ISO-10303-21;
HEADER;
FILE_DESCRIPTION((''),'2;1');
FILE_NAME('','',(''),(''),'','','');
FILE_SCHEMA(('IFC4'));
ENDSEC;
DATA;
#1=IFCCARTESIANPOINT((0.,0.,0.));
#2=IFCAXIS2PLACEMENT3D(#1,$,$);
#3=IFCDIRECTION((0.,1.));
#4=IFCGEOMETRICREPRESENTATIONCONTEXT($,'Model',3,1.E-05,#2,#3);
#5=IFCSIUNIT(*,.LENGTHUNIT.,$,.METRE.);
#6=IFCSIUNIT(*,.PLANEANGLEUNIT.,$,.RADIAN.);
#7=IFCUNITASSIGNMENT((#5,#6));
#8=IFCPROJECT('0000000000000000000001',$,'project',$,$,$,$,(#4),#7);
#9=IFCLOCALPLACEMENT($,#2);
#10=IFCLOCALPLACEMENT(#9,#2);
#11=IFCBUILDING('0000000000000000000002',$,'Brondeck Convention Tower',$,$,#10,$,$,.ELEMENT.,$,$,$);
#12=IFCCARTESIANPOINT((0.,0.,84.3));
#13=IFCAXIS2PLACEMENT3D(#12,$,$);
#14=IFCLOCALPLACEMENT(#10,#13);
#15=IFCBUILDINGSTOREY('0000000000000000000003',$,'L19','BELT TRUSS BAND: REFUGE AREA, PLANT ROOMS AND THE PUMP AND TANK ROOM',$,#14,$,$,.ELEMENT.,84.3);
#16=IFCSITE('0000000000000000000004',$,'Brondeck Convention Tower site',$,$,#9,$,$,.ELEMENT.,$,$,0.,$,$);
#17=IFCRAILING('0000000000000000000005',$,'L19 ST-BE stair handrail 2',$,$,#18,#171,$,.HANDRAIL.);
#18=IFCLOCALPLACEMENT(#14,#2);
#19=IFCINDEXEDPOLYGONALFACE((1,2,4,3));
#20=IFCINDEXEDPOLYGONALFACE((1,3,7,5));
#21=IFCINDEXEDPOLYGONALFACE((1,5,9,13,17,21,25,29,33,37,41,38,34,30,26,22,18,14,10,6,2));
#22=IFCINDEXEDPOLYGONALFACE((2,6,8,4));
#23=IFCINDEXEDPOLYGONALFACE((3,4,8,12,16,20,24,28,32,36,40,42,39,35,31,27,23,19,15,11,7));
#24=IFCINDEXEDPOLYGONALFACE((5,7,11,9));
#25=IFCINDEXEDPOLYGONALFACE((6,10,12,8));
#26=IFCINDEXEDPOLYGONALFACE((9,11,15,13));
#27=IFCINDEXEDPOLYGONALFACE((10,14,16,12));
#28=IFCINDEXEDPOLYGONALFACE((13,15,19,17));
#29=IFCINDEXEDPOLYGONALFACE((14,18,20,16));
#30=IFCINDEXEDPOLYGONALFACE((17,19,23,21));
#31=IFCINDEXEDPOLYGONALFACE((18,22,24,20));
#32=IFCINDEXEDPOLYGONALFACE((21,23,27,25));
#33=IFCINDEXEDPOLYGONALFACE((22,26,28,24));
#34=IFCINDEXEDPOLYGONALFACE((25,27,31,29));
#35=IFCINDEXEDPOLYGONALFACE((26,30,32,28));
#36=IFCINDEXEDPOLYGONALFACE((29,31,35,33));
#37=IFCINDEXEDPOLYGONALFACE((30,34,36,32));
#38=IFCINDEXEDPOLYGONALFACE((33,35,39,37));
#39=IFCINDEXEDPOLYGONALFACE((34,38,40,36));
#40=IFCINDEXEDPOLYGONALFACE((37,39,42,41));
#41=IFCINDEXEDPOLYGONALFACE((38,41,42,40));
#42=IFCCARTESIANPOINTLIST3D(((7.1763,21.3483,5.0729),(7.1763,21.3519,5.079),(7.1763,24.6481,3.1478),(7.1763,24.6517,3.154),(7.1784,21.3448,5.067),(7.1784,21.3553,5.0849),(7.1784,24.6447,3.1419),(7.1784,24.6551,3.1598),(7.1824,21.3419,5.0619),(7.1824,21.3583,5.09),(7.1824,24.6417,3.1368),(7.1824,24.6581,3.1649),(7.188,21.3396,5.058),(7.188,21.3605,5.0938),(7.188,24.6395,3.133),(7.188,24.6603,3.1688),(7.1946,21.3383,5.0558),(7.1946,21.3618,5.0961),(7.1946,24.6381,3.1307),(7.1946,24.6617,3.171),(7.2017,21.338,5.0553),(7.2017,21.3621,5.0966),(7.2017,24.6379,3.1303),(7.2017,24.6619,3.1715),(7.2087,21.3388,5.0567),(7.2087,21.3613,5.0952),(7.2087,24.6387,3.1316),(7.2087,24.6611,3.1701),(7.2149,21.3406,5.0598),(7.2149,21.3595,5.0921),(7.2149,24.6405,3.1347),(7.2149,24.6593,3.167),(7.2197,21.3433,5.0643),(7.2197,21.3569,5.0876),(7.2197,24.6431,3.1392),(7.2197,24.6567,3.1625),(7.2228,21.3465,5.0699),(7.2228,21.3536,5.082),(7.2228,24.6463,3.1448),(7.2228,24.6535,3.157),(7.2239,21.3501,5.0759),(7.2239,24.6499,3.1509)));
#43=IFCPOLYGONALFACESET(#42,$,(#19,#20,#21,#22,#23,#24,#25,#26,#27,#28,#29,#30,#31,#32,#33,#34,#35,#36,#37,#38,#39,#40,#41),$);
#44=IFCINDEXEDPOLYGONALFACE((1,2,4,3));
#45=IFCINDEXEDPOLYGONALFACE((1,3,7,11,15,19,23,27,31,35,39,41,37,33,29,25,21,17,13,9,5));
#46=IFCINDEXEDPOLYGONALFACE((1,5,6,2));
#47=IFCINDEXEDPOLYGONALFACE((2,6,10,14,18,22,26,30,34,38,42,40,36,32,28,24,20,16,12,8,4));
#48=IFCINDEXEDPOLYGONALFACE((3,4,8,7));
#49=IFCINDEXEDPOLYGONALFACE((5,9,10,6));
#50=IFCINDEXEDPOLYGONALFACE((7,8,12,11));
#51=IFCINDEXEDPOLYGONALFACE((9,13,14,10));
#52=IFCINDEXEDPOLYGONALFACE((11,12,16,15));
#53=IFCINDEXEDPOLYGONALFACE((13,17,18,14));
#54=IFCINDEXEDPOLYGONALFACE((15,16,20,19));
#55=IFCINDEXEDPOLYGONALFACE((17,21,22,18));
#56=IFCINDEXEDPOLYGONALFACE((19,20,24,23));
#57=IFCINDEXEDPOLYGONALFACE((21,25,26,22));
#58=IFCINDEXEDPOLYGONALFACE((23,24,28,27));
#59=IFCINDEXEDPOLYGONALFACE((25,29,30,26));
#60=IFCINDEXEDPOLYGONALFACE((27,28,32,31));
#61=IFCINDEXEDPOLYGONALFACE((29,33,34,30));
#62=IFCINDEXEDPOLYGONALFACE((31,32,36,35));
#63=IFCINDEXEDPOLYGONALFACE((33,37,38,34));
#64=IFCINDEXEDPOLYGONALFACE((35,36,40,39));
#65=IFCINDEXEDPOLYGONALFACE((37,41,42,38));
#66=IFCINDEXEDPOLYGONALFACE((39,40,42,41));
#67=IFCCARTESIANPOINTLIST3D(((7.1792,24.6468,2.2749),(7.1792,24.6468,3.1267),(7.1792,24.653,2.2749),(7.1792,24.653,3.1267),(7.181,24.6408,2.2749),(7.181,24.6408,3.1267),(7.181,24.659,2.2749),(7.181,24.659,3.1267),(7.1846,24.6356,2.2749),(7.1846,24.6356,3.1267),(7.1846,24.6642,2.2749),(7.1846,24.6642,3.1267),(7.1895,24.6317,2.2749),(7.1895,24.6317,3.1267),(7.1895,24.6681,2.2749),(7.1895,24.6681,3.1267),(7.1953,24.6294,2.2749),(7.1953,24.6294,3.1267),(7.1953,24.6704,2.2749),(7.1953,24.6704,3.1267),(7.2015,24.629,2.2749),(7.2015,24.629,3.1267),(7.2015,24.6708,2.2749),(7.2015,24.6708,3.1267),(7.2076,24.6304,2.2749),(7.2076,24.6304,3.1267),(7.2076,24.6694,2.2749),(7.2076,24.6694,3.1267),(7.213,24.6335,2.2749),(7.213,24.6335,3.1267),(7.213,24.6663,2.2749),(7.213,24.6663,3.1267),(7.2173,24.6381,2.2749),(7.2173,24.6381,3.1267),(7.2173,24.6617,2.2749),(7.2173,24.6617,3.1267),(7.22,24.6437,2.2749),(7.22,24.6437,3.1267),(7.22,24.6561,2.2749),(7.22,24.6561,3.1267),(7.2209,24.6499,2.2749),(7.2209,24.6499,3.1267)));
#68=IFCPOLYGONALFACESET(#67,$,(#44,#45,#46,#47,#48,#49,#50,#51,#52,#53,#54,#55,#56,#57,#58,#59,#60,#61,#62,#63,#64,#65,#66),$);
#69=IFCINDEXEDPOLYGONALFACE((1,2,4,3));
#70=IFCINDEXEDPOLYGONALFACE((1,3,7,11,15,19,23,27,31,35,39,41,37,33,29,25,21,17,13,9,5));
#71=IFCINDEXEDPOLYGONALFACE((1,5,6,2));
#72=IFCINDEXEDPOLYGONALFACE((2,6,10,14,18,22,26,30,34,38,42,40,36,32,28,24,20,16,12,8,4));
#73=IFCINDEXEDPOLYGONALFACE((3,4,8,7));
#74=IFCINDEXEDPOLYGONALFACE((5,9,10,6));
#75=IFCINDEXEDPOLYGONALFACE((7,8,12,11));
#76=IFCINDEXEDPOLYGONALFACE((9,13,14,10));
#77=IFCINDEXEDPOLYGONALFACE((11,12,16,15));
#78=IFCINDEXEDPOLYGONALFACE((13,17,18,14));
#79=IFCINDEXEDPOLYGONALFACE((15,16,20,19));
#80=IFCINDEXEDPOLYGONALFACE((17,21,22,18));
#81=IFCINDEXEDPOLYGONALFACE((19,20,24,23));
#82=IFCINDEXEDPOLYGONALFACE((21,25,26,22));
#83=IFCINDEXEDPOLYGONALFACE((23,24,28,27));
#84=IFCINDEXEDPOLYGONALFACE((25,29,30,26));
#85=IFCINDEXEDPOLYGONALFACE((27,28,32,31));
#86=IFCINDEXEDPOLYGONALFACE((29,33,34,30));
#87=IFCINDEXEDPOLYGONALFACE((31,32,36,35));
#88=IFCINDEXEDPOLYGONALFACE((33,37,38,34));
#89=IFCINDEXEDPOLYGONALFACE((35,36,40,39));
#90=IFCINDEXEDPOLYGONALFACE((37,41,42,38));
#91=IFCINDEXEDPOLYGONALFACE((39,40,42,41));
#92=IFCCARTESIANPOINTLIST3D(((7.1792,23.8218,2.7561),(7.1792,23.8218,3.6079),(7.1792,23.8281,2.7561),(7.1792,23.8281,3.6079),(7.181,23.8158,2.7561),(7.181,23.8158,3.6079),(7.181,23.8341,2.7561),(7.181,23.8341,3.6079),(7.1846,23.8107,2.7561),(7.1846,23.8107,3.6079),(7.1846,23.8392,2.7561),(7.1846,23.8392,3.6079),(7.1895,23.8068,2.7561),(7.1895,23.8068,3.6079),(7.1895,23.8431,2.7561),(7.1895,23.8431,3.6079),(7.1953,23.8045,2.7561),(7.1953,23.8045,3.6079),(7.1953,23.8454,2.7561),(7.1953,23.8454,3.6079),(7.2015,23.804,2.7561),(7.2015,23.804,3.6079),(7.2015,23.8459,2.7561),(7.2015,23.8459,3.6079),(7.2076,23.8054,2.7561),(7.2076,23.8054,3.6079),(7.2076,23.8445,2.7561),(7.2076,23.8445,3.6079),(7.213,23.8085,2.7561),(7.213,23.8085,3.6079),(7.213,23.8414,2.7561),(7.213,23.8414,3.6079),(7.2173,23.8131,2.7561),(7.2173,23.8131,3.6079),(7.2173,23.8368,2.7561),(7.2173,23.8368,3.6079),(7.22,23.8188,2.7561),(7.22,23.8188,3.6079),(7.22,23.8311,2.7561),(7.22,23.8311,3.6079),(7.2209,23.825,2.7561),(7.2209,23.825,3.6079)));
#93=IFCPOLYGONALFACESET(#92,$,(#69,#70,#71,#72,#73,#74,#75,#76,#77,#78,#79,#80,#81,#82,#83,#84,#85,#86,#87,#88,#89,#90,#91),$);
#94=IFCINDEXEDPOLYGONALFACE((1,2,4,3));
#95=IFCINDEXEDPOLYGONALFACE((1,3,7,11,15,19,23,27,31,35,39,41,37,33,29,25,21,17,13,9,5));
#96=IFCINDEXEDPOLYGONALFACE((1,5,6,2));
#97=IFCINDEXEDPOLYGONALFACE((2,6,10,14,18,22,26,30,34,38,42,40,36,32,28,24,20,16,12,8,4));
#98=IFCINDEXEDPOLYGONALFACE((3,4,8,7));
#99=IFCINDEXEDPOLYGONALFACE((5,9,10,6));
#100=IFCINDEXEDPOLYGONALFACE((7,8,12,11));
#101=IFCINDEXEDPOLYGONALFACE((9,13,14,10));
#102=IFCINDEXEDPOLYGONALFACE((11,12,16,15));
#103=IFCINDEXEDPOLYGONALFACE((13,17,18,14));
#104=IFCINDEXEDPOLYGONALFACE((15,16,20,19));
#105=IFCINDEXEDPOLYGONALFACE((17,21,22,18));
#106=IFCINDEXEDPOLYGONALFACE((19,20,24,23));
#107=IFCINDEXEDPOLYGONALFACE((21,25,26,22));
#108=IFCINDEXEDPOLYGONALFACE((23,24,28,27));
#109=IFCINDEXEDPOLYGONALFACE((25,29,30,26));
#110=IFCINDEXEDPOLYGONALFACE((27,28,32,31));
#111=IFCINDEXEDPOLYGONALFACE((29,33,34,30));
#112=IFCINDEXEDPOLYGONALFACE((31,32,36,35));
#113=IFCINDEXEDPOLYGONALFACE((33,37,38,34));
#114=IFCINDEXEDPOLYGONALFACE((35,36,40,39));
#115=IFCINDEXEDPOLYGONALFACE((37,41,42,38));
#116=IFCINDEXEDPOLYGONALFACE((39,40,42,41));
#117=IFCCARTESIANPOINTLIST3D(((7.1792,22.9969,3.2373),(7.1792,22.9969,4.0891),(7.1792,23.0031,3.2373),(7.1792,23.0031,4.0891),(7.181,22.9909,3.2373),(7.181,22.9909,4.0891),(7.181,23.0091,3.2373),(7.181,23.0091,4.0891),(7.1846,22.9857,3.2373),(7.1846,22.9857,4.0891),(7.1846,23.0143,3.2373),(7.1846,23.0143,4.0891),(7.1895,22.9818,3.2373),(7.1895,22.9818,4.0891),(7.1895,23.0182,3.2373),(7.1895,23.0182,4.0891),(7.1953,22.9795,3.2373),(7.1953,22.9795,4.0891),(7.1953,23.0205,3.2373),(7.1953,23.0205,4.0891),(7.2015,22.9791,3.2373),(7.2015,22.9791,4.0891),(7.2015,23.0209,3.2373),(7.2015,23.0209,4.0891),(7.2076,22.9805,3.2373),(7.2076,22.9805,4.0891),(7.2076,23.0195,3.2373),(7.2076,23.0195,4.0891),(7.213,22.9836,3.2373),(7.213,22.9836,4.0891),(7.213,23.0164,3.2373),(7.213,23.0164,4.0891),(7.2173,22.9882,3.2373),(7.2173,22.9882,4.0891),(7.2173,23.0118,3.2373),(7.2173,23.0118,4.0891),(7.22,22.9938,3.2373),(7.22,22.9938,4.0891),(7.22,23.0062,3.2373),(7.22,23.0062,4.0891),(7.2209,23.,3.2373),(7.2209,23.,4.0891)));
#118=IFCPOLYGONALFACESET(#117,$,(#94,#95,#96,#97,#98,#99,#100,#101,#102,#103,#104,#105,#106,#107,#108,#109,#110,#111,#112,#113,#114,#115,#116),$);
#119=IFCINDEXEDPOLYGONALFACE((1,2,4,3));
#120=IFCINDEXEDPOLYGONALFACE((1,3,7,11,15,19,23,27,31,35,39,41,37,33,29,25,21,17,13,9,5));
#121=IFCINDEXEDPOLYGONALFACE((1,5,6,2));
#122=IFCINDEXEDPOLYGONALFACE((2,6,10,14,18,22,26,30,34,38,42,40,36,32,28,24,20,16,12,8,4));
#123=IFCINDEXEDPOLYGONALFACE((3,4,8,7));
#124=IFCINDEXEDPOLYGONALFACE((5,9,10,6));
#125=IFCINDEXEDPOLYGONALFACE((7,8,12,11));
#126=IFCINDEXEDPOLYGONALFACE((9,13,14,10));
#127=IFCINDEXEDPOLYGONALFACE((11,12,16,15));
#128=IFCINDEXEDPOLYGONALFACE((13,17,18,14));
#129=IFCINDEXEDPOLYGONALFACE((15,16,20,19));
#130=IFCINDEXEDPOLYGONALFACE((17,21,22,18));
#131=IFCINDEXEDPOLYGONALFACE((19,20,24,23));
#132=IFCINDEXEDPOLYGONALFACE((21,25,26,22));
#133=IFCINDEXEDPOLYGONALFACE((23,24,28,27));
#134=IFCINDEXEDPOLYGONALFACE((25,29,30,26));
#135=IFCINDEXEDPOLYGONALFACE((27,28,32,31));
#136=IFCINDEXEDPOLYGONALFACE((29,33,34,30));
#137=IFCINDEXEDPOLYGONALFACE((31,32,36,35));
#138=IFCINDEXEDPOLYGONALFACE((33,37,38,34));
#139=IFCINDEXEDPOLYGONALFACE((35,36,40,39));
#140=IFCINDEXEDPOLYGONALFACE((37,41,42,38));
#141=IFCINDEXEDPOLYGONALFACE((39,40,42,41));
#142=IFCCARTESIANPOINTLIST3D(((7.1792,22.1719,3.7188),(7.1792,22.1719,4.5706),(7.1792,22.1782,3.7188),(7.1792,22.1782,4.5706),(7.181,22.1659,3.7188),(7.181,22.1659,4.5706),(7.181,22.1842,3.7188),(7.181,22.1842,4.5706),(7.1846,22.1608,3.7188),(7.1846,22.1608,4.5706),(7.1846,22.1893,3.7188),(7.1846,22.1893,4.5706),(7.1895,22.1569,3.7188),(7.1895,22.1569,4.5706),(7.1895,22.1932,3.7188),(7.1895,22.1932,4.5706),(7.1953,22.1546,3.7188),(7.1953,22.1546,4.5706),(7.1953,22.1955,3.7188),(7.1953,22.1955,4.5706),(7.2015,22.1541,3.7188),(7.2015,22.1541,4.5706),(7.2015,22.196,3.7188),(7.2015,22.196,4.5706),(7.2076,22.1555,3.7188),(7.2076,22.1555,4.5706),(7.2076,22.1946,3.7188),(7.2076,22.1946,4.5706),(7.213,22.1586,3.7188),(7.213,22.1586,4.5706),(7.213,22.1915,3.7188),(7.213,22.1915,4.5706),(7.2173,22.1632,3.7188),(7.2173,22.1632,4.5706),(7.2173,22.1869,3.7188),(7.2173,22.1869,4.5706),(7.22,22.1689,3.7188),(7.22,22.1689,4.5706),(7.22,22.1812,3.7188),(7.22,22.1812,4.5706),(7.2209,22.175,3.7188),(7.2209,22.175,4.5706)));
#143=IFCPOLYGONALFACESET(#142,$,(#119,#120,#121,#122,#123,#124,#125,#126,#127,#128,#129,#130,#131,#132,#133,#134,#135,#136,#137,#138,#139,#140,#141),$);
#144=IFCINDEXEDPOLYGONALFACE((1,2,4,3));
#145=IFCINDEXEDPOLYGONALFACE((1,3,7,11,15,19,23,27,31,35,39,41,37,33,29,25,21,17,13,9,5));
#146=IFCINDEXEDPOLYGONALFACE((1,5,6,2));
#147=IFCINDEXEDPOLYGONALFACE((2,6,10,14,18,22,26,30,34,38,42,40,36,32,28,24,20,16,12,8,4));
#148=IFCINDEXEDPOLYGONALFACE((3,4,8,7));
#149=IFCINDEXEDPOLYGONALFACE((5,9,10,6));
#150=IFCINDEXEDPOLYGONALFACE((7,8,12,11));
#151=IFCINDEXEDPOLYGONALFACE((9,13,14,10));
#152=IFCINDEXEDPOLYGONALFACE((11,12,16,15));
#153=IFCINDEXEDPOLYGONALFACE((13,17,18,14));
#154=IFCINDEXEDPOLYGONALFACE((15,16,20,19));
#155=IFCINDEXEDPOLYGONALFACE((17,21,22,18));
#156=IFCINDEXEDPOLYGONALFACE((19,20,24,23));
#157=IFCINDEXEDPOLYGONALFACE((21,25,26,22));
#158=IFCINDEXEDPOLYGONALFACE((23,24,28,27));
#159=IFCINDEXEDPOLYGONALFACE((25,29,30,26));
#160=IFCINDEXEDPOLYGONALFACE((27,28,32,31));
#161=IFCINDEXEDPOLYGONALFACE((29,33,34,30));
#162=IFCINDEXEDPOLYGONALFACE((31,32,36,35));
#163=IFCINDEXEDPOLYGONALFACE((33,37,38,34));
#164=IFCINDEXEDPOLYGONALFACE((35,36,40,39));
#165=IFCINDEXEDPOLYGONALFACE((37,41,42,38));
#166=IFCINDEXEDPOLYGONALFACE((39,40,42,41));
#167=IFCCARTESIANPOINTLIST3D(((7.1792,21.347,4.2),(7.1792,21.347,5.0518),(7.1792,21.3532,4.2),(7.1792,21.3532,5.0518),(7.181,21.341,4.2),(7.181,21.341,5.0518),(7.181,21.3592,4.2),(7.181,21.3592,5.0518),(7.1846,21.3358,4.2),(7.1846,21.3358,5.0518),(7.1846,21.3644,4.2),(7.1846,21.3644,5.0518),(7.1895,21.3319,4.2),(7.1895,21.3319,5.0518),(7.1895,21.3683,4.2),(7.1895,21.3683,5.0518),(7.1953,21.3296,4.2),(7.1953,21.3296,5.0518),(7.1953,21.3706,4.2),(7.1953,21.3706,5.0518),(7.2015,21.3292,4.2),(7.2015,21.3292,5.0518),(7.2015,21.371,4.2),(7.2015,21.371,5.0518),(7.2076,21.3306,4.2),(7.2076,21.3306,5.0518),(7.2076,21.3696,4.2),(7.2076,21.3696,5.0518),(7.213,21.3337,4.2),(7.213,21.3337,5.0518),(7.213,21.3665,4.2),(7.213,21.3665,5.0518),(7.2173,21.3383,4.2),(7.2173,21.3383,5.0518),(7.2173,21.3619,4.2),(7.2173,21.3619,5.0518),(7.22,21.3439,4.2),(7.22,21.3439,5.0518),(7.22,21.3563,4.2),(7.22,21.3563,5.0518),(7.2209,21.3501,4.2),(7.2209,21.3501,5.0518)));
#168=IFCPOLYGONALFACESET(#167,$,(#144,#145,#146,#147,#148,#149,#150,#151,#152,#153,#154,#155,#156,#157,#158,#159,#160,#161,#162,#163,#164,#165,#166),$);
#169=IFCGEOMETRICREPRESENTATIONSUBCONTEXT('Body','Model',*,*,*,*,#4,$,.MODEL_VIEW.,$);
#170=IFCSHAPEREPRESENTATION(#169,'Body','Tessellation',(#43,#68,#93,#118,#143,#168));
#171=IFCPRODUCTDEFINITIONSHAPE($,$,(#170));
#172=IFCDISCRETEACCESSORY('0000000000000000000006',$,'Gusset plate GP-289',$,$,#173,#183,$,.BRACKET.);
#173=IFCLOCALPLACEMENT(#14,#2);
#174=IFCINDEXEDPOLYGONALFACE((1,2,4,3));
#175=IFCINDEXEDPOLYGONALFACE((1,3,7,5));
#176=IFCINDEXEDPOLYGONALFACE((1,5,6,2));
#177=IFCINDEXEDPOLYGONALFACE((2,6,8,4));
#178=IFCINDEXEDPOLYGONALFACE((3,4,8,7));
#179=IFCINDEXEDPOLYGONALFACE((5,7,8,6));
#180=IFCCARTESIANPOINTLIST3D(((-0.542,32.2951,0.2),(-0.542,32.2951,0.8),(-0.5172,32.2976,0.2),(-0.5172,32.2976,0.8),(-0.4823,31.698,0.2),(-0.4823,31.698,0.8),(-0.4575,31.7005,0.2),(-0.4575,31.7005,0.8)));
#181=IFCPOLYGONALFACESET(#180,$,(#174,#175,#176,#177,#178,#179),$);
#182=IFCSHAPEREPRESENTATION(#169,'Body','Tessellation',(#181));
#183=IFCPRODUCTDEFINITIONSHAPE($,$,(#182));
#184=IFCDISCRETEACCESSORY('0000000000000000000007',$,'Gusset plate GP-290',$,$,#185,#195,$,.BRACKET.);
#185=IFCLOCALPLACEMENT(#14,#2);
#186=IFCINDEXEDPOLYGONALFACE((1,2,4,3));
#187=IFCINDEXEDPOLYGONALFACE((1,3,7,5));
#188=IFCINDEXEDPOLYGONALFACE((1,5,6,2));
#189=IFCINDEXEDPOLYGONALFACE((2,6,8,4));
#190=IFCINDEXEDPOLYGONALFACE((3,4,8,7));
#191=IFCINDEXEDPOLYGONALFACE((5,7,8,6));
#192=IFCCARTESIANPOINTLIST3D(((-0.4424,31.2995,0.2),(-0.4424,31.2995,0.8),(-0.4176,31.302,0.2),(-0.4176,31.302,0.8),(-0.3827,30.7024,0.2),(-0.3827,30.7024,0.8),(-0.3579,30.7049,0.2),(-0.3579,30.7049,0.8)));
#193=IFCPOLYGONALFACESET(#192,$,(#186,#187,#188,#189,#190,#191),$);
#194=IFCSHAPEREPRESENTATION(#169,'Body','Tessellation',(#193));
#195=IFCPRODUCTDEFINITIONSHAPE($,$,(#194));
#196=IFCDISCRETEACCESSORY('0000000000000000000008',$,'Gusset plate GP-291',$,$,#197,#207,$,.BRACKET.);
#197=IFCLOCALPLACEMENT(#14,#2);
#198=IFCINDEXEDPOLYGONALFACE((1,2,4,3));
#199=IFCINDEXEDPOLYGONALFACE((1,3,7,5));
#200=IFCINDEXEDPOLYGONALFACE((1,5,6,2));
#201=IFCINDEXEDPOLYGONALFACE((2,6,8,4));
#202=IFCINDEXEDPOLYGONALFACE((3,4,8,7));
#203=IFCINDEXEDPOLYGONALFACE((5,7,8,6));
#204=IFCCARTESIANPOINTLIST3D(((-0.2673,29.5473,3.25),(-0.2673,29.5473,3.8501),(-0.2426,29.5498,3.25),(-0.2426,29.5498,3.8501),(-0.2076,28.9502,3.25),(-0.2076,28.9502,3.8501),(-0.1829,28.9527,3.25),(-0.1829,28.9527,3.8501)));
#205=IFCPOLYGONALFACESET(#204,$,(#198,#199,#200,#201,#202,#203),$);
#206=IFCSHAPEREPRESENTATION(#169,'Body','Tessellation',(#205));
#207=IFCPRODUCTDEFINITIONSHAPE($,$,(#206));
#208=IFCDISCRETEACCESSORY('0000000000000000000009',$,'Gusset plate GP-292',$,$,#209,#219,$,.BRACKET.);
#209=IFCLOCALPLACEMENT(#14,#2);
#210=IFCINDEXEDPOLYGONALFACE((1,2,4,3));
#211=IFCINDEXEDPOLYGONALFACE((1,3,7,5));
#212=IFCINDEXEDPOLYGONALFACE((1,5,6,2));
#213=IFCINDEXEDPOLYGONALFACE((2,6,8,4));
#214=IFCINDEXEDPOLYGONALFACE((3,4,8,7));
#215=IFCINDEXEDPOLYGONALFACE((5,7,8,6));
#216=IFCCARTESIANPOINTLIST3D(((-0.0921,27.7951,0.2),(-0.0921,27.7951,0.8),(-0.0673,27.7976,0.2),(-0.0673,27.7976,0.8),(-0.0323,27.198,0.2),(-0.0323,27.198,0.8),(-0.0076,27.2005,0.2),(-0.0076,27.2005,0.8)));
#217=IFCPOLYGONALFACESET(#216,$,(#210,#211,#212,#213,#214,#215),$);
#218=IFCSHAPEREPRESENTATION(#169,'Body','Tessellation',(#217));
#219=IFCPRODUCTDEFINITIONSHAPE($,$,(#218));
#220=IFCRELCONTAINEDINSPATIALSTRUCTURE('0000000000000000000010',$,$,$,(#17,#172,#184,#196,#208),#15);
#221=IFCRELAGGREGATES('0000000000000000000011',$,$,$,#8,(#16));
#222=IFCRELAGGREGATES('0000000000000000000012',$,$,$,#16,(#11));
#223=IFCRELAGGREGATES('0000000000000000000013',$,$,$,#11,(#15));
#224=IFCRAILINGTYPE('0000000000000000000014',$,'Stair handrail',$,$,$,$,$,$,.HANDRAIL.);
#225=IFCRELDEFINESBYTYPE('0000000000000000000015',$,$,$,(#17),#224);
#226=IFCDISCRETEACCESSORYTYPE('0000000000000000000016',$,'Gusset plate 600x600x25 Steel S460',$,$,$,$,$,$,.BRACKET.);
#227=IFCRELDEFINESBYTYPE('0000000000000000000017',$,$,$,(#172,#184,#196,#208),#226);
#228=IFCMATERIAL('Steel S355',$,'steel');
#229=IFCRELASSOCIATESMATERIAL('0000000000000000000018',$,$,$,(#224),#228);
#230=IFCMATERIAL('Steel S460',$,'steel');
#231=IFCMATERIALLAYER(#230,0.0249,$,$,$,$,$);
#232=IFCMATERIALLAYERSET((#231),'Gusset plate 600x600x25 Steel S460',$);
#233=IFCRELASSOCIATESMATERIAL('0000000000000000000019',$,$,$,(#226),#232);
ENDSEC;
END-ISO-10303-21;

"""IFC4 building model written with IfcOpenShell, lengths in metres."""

from ifc_helpers import new_model, si_unit, direction, frame, origin, origin_2d, place, context, subcontext, project, spatial, rectangle, circle, extrude, material, layer, layer_set, type_object, element, save


model = new_model("IFC4")

# Units and contexts
model_context = context("Model", 3, precision=1e-05, world=origin(), true_north=direction((0.0, 1.0)))
body_context = subcontext(model_context, "Body", "Model", "MODEL_VIEW")
ifc_project = project(units=[si_unit("LENGTHUNIT", "METRE"), si_unit("PLANEANGLEUNIT", "RADIAN")], contexts=[model_context])

# Site, building, storey
site_placement = place(None, origin())
site = spatial("IfcSite", under=ifc_project, at=site_placement, Name="Brondeck Convention Tower site", CompositionType="ELEMENT", RefElevation=0.0)
building_placement = place(site_placement, origin())
building = spatial("IfcBuilding", under=site, at=building_placement, Name="Brondeck Convention Tower", CompositionType="ELEMENT")
storey_placement = place(building_placement, frame((0.0, 0.0, 84.3)))
storey = spatial("IfcBuildingStorey", under=building, at=storey_placement, Name="L19", Description="BELT TRUSS BAND: REFUGE AREA, PLANT ROOMS AND THE PUMP AND TANK ROOM", CompositionType="ELEMENT", Elevation=84.3)

# Shared definitions
ifc_material_1 = material(Name="Steel S460", Category="steel")

# Shared definitions
ifc_material_2 = material(Name="Steel S355", Category="steel")

# Railing
railing_type = type_object("IfcRailingType", Name="Stair handrail", PredefinedType="HANDRAIL", material=ifc_material_2)
railing_placement = place(storey_placement, frame((7.2, 24.6499, 2.2749)))
element("IfcRailing", 1, at=railing_placement, inside=storey, type_object=railing_type, Name="L19 ST-BE stair handrail 2", PredefinedType="HANDRAIL", context=body_context, shape_type="SweptSolid", body=[
    extrude(circle(Radius=0.0239, at=origin_2d()), frame((0.0, 0.0, 0.876), z_axis=(0.0, -0.86376, 0.503903), x_axis=(1.0, 0.0, 0.0)), (0.0, 0.0, 1.0), 3.8203),
    extrude(circle(Radius=0.021, at=origin_2d()), origin(), (0.0, 0.0, 1.0), 0.8518),
    extrude(circle(Radius=0.021, at=origin_2d()), frame((0.0, -0.825, 0.4812)), (0.0, 0.0, 1.0), 0.8518),
    extrude(circle(Radius=0.021, at=origin_2d()), frame((0.0, -1.6499, 0.9624)), (0.0, 0.0, 1.0), 0.8518),
    extrude(circle(Radius=0.021, at=origin_2d()), frame((0.0, -2.4749, 1.4438)), (0.0, 0.0, 1.0), 0.8518),
    extrude(circle(Radius=0.021, at=origin_2d()), frame((0.0, -3.2998, 1.925)), (0.0, 0.0, 1.0), 0.8518),
])

# Discrete accessories
ifc_layer_1 = layer(ifc_material_1, 0.0249)
ifc_layer_set_1 = layer_set([ifc_layer_1], Name="Gusset plate 600x600x25 Steel S460")
discrete_accessory_type = type_object("IfcDiscreteAccessoryType", Name="Gusset plate 600x600x25 Steel S460", PredefinedType="BRACKET", material=ifc_layer_set_1)
for number, where, z_axis, x_axis, name in (
    (2, (-0.4998, 31.9978, 0.2), (0.0, 0.0, 1.0), (-0.099511, 0.995036, 0.0), "Gusset plate GP-289"),
    (3, (-0.4001, 31.0022, 0.2), (0.0, 0.0, 1.0), (-0.099511, 0.995036, 0.0), "Gusset plate GP-290"),
    (4, (-0.2251, 29.25, 3.25), (0.0, 0.0, 1.0), (-0.099511, 0.995036, 0.0), "Gusset plate GP-291"),
    (5, (-0.0498, 27.4978, 0.2), (0.0, 0.0, 1.0), (-0.099511, 0.995036, 0.0), "Gusset plate GP-292"),
):
    element("IfcDiscreteAccessory", number, at=place(storey_placement, frame(where, z_axis=z_axis, x_axis=x_axis)), inside=storey, type_object=discrete_accessory_type, Name=name, PredefinedType="BRACKET", context=body_context, shape_type="SweptSolid", body=[
        extrude(rectangle(XDim=0.6001, YDim=0.0249, at=origin_2d()), origin(), (0.0, 0.0, 1.0), 0.6001),
    ])

save(model, "model.ifc")
